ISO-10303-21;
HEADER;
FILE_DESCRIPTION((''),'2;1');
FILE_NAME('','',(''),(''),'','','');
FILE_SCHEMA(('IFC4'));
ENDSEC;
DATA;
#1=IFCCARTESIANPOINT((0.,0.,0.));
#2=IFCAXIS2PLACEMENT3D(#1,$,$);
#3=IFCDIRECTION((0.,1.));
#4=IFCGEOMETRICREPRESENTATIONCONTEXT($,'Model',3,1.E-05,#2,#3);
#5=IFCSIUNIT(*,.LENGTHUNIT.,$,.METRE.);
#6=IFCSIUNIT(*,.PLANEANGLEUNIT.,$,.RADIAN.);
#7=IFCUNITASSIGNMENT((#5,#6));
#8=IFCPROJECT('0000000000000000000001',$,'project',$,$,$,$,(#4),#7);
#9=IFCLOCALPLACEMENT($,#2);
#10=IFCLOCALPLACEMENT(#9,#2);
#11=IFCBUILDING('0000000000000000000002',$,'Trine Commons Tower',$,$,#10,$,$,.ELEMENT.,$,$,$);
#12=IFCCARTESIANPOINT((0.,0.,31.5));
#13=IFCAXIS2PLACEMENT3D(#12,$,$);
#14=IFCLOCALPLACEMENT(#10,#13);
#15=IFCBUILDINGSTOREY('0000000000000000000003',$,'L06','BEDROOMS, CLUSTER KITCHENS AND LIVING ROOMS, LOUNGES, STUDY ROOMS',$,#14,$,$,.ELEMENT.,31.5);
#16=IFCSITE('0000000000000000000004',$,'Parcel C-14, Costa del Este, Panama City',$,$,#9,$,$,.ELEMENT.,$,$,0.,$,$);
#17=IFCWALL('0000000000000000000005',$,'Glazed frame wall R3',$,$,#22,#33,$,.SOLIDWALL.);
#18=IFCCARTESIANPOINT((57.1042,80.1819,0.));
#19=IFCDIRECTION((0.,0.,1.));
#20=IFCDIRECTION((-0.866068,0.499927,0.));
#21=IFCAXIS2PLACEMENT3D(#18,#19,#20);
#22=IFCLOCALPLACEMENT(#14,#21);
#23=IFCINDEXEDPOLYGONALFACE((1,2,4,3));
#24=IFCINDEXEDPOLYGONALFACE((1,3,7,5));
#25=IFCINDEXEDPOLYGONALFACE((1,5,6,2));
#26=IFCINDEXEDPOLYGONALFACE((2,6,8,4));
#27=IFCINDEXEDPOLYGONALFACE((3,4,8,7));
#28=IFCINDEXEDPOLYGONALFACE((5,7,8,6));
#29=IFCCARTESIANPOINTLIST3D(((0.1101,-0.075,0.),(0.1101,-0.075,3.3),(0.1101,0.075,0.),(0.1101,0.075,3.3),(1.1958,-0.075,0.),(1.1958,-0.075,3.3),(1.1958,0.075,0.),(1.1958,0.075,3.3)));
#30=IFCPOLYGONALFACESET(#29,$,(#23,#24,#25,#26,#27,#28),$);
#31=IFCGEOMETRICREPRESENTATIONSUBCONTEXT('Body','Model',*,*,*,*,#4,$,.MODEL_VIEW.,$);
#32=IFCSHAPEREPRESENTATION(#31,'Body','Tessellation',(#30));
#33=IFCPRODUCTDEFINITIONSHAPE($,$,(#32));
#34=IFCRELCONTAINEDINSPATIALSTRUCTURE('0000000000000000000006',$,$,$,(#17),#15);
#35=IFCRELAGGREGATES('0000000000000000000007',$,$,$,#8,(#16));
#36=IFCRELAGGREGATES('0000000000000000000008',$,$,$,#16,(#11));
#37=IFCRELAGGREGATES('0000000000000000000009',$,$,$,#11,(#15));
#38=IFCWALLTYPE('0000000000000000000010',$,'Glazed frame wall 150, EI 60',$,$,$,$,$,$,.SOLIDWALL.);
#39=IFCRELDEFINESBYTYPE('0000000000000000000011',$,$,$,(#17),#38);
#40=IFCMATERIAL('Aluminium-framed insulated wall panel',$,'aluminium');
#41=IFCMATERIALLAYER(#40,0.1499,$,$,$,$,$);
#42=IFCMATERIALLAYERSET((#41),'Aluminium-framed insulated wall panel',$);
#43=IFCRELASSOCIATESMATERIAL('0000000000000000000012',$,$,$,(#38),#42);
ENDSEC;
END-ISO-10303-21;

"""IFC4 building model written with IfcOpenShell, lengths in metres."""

from ifc_helpers import new_model, si_unit, direction, frame, origin, place, context, subcontext, project, spatial, polyline, outline, extrude, material, layer, layer_set, type_object, element, save


model = new_model("IFC4")

# Units and contexts
model_context = context("Model", 3, precision=1e-05, world=origin(), true_north=direction((0.0, 1.0)))
body_context = subcontext(model_context, "Body", "Model", "MODEL_VIEW")
ifc_project = project(units=[si_unit("LENGTHUNIT", "METRE"), si_unit("PLANEANGLEUNIT", "RADIAN")], contexts=[model_context])

# Site, building, storey
site_placement = place(None, origin())
site = spatial("IfcSite", under=ifc_project, at=site_placement, Name="Parcel C-14, Costa del Este, Panama City", CompositionType="ELEMENT", RefElevation=0.0)
building_placement = place(site_placement, origin())
building = spatial("IfcBuilding", under=site, at=building_placement, Name="Trine Commons Tower", CompositionType="ELEMENT")
storey_placement = place(building_placement, frame((0.0, 0.0, 31.5)))
storey = spatial("IfcBuildingStorey", under=building, at=storey_placement, Name="L06", Description="BEDROOMS, CLUSTER KITCHENS AND LIVING ROOMS, LOUNGES, STUDY ROOMS", CompositionType="ELEMENT", Elevation=31.5)

# Shared definitions
ifc_material_1 = material(Name="Aluminium-framed insulated wall panel", Category="aluminium")
ifc_layer = layer(ifc_material_1, 0.1499)
ifc_layer_set = layer_set([ifc_layer], Name="Aluminium-framed insulated wall panel")
wall_type = type_object("IfcWallType", Name="Glazed frame wall 150, EI 60", PredefinedType="SOLIDWALL", material=ifc_layer_set)

# Wall
wall_1_placement = place(storey_placement, frame((57.1042, 80.1819, 0.0), z_axis=(0.0, 0.0, 1.0), x_axis=(-0.866068, 0.499927, 0.0)))
element("IfcWall", 1, at=wall_1_placement, inside=storey, type_object=wall_type, Name="Glazed frame wall R3", PredefinedType="SOLIDWALL", context=body_context, shape_type="SweptSolid", body=[
    extrude(outline(polyline([(0.1101, 0.075), (0.1101, -0.075), (1.1958, -0.075), (1.1958, 0.075), (0.1101, 0.075)])), origin(), (0.0, 0.0, 1.0), 3.3),
])

save(model, "model.ifc")
